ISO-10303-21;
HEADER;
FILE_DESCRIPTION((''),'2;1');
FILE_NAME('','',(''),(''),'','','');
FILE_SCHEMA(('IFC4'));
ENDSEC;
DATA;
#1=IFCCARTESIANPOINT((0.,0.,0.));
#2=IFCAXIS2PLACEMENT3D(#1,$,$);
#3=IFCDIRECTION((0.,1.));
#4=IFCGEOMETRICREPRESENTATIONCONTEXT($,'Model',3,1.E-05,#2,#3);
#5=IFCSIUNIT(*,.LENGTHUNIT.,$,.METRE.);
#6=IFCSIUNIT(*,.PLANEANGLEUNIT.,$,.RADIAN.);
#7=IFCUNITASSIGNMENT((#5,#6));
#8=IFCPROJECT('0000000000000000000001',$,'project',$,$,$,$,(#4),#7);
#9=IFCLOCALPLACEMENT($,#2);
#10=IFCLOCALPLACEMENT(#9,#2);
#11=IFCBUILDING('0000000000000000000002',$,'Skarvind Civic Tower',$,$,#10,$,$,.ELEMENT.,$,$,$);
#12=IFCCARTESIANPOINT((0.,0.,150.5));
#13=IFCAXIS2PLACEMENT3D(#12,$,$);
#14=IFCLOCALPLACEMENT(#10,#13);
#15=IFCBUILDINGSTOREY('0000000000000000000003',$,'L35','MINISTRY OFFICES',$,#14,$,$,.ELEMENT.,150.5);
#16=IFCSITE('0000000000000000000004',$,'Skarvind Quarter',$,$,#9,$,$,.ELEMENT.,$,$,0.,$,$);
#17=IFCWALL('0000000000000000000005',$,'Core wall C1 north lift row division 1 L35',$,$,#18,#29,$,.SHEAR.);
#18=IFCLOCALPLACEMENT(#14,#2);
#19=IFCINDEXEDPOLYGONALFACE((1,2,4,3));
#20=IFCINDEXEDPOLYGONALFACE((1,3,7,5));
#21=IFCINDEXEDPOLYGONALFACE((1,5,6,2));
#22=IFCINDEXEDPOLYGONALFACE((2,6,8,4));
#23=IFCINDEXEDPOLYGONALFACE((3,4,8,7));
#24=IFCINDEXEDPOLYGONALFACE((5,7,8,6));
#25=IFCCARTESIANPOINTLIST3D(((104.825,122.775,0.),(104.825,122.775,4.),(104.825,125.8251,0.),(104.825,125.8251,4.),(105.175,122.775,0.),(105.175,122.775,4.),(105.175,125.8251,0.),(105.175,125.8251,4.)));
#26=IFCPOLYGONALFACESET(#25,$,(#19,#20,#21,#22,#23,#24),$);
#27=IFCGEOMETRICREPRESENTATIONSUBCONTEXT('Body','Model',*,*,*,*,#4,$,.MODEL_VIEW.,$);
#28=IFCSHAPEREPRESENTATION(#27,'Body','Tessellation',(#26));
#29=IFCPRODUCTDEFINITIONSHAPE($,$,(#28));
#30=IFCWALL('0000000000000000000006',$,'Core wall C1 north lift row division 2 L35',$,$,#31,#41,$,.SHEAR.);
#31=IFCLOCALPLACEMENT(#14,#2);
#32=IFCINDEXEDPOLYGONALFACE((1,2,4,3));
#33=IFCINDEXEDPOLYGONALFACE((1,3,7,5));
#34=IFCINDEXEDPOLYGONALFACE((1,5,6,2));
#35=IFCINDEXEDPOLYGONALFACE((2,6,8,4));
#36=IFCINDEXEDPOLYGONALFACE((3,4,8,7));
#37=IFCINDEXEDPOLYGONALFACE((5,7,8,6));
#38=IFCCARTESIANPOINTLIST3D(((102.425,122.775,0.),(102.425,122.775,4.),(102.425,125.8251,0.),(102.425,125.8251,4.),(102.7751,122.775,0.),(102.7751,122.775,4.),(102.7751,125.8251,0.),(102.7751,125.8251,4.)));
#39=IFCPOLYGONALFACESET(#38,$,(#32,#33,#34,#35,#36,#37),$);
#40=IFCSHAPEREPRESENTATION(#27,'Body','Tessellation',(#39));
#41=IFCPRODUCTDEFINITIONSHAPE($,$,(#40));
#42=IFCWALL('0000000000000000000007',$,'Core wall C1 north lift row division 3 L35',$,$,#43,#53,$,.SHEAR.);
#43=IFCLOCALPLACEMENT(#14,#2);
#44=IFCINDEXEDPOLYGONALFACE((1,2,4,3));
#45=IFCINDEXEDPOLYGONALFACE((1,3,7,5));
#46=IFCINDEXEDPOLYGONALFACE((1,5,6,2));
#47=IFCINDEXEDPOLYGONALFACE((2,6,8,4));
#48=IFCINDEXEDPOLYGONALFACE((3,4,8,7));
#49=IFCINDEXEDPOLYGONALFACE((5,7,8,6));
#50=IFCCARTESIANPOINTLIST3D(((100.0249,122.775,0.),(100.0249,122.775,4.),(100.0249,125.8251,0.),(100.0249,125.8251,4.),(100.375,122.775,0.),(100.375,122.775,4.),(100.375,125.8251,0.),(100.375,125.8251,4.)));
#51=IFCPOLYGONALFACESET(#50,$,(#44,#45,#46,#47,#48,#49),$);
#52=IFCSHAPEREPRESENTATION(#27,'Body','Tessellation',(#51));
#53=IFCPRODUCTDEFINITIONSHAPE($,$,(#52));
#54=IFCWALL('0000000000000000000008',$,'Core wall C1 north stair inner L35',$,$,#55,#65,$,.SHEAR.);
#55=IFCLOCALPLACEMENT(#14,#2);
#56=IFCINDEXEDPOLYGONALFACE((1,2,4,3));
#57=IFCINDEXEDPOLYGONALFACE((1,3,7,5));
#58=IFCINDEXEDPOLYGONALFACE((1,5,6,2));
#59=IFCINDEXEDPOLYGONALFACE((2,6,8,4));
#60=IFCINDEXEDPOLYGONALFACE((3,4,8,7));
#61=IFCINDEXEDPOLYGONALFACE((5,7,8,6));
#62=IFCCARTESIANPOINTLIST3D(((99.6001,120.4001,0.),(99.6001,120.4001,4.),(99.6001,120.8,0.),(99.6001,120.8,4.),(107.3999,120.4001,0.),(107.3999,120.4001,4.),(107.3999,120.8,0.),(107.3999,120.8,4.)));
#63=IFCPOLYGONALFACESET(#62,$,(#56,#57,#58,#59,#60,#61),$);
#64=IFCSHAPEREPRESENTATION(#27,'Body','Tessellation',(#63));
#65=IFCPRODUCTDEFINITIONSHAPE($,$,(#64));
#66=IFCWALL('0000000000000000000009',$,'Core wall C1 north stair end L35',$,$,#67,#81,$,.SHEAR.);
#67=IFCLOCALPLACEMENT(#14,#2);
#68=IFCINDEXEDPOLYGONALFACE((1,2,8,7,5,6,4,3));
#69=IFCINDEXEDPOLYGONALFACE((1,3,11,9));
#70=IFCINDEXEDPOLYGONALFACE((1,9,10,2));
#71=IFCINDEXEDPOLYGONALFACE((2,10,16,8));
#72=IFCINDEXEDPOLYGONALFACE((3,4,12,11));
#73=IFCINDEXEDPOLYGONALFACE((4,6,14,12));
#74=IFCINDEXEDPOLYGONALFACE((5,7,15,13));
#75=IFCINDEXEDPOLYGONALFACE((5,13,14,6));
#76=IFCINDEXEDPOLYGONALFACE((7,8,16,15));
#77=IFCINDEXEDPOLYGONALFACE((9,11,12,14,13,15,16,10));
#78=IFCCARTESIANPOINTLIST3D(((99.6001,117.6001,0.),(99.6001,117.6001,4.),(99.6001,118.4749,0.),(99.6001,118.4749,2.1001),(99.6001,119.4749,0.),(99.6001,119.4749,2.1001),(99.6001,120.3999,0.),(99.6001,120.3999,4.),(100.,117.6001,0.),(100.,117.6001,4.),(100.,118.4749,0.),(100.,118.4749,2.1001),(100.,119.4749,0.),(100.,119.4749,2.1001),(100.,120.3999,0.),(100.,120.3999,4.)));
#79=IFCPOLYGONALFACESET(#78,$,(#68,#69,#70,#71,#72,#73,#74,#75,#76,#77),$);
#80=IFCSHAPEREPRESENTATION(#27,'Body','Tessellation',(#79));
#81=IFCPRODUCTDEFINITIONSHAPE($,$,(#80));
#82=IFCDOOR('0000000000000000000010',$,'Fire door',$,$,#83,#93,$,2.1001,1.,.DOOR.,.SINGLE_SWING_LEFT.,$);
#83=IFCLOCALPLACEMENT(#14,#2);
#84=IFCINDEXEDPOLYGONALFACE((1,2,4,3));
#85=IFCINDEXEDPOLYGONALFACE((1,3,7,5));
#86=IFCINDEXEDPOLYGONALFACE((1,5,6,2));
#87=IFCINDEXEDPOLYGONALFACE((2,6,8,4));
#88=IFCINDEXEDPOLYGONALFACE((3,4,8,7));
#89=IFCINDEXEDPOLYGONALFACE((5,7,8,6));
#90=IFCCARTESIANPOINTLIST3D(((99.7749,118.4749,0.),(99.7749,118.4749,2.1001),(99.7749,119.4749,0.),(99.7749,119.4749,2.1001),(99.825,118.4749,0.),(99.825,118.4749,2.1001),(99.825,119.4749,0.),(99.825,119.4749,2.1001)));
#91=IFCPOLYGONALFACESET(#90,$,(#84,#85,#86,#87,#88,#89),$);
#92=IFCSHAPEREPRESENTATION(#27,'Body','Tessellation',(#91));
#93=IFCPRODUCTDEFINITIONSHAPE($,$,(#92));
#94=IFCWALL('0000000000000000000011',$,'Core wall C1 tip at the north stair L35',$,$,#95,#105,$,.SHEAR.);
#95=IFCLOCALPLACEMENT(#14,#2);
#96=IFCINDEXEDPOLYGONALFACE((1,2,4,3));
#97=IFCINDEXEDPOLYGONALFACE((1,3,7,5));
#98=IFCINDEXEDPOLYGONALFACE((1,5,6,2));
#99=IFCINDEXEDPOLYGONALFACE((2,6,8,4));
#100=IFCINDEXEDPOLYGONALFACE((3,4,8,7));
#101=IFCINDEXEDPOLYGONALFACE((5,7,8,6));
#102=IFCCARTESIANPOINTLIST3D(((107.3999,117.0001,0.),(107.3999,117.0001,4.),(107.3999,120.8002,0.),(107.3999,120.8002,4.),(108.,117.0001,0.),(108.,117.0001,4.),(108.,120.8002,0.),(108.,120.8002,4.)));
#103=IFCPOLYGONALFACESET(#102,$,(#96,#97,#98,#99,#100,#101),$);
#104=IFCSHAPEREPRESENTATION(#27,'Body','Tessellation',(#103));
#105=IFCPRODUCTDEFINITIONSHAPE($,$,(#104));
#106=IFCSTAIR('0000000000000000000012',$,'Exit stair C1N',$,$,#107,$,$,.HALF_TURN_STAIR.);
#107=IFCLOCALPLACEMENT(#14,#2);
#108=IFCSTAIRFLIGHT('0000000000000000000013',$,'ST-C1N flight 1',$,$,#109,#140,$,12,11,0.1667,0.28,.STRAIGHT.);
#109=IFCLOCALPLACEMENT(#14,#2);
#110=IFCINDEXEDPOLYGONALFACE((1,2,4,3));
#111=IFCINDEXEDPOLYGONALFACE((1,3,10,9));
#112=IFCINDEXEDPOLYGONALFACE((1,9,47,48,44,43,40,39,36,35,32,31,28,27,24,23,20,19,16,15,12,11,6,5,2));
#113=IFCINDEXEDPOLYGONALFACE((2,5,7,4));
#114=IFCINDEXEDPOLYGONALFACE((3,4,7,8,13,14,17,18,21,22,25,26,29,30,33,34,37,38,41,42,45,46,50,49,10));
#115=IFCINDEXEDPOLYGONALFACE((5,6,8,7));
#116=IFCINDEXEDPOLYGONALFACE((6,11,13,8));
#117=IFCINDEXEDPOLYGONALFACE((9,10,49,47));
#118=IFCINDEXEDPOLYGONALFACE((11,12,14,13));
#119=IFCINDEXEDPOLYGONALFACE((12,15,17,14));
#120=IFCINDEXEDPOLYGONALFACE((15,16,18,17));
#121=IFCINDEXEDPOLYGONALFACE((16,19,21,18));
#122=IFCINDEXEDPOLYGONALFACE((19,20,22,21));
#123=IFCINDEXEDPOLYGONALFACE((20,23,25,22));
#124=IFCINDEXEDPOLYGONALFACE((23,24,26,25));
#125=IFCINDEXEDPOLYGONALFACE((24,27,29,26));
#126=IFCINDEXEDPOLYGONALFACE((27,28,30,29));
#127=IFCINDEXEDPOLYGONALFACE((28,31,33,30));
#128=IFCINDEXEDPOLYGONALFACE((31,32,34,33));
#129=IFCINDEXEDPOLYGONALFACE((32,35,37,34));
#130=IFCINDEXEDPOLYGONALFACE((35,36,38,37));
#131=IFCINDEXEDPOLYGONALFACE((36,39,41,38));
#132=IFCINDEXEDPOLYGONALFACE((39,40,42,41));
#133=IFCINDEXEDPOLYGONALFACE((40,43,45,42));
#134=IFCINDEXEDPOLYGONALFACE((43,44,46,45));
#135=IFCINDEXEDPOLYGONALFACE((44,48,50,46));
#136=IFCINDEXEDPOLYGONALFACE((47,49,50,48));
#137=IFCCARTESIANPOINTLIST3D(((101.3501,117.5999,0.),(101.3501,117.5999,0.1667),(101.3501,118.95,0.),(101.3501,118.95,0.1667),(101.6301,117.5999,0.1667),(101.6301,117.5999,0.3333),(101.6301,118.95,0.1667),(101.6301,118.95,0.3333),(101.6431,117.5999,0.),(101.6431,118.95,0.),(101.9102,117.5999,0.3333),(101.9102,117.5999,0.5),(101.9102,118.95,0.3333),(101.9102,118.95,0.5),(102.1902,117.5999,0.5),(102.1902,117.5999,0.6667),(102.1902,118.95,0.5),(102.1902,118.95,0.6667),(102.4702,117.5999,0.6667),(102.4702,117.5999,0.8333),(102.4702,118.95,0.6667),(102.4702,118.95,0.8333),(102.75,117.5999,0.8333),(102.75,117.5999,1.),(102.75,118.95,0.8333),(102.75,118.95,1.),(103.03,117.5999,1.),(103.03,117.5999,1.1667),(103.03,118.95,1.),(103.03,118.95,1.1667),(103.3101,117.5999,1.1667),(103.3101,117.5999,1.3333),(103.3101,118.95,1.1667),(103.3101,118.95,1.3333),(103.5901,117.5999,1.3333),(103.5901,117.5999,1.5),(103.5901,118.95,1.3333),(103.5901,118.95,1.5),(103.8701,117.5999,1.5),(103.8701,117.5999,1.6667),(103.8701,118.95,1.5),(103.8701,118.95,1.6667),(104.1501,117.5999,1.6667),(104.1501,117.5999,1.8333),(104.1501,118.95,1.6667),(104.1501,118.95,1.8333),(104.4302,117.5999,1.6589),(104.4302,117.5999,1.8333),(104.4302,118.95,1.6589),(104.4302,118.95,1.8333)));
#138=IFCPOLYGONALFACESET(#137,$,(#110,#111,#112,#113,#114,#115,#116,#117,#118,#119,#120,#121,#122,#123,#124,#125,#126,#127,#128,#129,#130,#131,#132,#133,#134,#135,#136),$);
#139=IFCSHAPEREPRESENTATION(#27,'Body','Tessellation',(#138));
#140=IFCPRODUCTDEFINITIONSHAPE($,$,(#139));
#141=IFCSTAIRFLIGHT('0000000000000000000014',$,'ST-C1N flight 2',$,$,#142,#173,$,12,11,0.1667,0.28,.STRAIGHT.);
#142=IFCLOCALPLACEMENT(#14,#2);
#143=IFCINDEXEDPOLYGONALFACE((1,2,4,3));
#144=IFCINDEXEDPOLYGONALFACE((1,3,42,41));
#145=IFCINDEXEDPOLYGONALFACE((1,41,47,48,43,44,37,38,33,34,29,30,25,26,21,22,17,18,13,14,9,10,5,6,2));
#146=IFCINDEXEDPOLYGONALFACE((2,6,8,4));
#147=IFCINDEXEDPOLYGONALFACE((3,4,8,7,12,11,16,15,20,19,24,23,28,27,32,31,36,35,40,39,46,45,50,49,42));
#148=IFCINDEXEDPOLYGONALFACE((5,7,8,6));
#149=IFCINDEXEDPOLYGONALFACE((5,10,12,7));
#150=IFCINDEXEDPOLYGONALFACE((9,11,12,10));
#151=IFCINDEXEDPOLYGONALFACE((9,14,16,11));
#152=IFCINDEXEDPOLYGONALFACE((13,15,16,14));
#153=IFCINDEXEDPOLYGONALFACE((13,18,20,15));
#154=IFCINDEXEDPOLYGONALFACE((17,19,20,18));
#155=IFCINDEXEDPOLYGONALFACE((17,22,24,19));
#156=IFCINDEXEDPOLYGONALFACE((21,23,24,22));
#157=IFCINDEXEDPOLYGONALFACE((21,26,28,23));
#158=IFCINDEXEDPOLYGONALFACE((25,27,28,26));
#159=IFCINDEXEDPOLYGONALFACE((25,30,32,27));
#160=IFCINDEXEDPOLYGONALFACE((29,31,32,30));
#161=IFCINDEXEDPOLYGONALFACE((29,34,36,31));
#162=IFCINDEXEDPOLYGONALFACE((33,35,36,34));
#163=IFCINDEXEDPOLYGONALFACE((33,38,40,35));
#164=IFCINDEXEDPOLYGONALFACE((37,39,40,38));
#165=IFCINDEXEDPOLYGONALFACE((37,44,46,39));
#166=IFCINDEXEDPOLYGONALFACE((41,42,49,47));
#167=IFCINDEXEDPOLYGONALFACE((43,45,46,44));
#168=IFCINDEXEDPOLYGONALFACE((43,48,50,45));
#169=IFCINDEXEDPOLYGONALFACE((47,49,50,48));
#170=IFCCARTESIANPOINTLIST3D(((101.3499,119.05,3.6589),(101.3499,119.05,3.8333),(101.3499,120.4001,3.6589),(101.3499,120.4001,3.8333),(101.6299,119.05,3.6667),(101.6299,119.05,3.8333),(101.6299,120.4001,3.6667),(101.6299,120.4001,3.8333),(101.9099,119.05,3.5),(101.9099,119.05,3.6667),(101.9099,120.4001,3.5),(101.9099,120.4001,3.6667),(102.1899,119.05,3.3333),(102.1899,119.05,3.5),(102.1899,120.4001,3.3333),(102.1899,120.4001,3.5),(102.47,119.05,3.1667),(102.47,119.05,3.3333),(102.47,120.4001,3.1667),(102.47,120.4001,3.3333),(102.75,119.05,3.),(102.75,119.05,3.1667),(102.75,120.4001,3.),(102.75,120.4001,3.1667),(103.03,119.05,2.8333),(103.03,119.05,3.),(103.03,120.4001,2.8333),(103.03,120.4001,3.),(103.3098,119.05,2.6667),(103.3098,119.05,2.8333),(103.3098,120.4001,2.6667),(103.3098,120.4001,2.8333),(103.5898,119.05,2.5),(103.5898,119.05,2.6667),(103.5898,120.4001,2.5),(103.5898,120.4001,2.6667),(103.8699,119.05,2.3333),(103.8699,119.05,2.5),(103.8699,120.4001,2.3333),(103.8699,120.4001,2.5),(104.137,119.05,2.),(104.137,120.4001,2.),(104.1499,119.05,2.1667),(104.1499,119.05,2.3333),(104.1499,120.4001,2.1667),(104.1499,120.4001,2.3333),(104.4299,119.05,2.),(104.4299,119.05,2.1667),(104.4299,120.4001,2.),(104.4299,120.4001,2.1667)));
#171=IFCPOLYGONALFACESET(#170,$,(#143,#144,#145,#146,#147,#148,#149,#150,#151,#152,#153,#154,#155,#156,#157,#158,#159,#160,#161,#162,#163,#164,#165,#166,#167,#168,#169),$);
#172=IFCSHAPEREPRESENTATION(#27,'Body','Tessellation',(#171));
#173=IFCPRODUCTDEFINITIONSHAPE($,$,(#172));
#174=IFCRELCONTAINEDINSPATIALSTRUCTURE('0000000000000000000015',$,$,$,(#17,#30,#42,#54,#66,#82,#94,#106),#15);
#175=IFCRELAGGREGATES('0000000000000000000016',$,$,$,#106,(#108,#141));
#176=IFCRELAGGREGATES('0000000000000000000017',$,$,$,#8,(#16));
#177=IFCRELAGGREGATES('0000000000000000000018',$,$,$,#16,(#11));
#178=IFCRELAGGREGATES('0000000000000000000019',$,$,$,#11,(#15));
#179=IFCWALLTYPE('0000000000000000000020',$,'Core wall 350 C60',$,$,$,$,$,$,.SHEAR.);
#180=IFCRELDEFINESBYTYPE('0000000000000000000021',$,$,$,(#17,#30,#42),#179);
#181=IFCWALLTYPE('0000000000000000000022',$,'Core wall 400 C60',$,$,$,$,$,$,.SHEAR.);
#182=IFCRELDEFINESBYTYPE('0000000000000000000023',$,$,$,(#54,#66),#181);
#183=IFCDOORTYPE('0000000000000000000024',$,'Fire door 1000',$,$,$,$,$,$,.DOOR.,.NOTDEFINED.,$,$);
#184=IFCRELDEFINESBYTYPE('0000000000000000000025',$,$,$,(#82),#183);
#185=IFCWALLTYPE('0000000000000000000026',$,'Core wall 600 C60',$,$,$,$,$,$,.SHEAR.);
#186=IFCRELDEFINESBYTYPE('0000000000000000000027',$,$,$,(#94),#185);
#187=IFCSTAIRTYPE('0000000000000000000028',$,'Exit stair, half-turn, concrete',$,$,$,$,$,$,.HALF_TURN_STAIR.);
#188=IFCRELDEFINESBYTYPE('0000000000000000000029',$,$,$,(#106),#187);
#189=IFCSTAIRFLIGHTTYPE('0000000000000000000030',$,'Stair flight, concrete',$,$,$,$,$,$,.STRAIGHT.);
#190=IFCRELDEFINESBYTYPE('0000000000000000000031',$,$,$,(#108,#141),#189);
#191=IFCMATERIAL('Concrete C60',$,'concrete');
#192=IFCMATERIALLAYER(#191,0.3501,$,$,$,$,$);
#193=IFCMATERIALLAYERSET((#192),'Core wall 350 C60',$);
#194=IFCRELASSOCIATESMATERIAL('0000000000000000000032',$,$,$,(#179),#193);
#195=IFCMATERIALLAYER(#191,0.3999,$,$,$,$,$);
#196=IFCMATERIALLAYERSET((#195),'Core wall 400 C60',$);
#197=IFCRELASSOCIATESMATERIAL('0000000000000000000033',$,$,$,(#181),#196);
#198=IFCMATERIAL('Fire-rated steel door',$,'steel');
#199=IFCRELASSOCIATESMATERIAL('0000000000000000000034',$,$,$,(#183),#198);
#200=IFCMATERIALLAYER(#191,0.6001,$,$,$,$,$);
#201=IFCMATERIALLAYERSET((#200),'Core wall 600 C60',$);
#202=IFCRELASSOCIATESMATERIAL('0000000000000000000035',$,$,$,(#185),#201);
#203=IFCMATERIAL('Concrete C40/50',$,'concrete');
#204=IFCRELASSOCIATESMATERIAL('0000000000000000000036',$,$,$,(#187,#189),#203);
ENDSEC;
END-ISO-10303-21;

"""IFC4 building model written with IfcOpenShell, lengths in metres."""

from ifc_helpers import new_model, si_unit, direction, frame, frame_2d, origin, place, context, subcontext, project, spatial, polyline, rectangle, outline, extrude, material, layer, layer_set, type_object, element, fill, aggregate, save


model = new_model("IFC4")

# Units and contexts
model_context = context("Model", 3, precision=1e-05, world=origin(), true_north=direction((0.0, 1.0)))
body_context = subcontext(model_context, "Body", "Model", "MODEL_VIEW")
ifc_project = project(units=[si_unit("LENGTHUNIT", "METRE"), si_unit("PLANEANGLEUNIT", "RADIAN")], contexts=[model_context])

# Site, building, storey
site_placement = place(None, origin())
site = spatial("IfcSite", under=ifc_project, at=site_placement, Name="Skarvind Quarter", CompositionType="ELEMENT", RefElevation=0.0)
building_placement = place(site_placement, origin())
building = spatial("IfcBuilding", under=site, at=building_placement, Name="Skarvind Civic Tower", CompositionType="ELEMENT")
storey_placement = place(building_placement, frame((0.0, 0.0, 150.5)))
storey = spatial("IfcBuildingStorey", under=building, at=storey_placement, Name="L35", Description="MINISTRY OFFICES", CompositionType="ELEMENT", Elevation=150.5)

# Shared definitions
ifc_material_1 = material(Name="Concrete C60", Category="concrete")
ifc_layer_1 = layer(ifc_material_1, 0.3501)
ifc_layer_set_1 = layer_set([ifc_layer_1], Name="Core wall 350 C60")
wall_type_1 = type_object("IfcWallType", Name="Core wall 350 C60", PredefinedType="SHEAR", material=ifc_layer_set_1)
ifc_material_2 = material(Name="Fire-rated steel door", Category="steel")

# Walls
for number, where, z_axis, x_axis, name in (
    (1, (105.0, 125.825, 0.0), (0.0, 0.0, 1.0), (0.0, -1.0, 0.0), "Core wall C1 north lift row division 1 L35"),
    (2, (102.6001, 125.825, 0.0), (0.0, 0.0, 1.0), (0.0, -1.0, 0.0), "Core wall C1 north lift row division 2 L35"),
    (3, (100.2, 125.825, 0.0), (0.0, 0.0, 1.0), (0.0, -1.0, 0.0), "Core wall C1 north lift row division 3 L35"),
):
    element("IfcWall", number, at=place(storey_placement, frame(where, z_axis=z_axis, x_axis=x_axis)), inside=storey, type_object=wall_type_1, Name=name, PredefinedType="SHEAR", context=body_context, shape_type="SweptSolid", body=[
        extrude(rectangle(XDim=3.05, YDim=0.3501, at=frame_2d((1.5249, 0.0))), origin(), (0.0, 0.0, 1.0), 4.0),
    ])
ifc_layer_2 = layer(ifc_material_1, 0.3999)
ifc_layer_set_2 = layer_set([ifc_layer_2], Name="Core wall 400 C60")
wall_type_2 = type_object("IfcWallType", Name="Core wall 400 C60", PredefinedType="SHEAR", material=ifc_layer_set_2)
wall_1_placement = place(storey_placement, frame((107.3999, 120.6001, 0.0), z_axis=(0.0, 0.0, 1.0), x_axis=(-1.0, 0.0, 0.0)))
element("IfcWall", 4, at=wall_1_placement, inside=storey, type_object=wall_type_2, Name="Core wall C1 north stair inner L35", PredefinedType="SHEAR", context=body_context, shape_type="SweptSolid", body=[
    extrude(rectangle(XDim=7.7998, YDim=0.3999, at=frame_2d((3.8999, 0.0))), origin(), (0.0, 0.0, 1.0), 4.0),
])

# Wall, opening, door
wall_2_placement = place(storey_placement, frame((99.8, 120.3999, 0.0), z_axis=(0.0, 0.0, 1.0), x_axis=(0.0, -1.0, 0.0)))
wall_2 = element("IfcWall", 5, at=wall_2_placement, inside=storey, type_object=wall_type_2, Name="Core wall C1 north stair end L35", PredefinedType="SHEAR", context=body_context, shape_type="SweptSolid", body=[
    extrude(rectangle(XDim=2.7998, YDim=0.3999, at=frame_2d((1.3999, 0.0))), origin(), (0.0, 0.0, 1.0), 4.0),
])
opening_1_placement = place(wall_2_placement, frame((0.925, 0.0, 0.0)))
opening_1 = element("IfcOpeningElement", 6, at=opening_1_placement, cuts=wall_2, PredefinedType="OPENING", context=body_context, shape_type="SweptSolid", body=[
    extrude(rectangle(XDim=1.0, YDim=2.1001, at=frame_2d((0.5, 1.05))), frame((0.0, 0.21, 0.0), z_axis=(0.0, -1.0, 0.0), x_axis=(1.0, 0.0, 0.0)), (0.0, 0.0, 1.0), 0.4199),
])
door_type_1 = type_object("IfcDoorType", Name="Fire door 1000", OperationType="NOTDEFINED", PredefinedType="DOOR", material=ifc_material_2)
door_1_placement = place(opening_1_placement, origin())
door_1 = element("IfcDoor", 7, at=door_1_placement, inside=storey, type_object=door_type_1, Name="Fire door", OperationType="SINGLE_SWING_LEFT", OverallHeight=2.1001, OverallWidth=1.0, PredefinedType="DOOR", context=body_context, shape_type="SweptSolid", body=[
    extrude(rectangle(XDim=1.0, YDim=2.1001, at=frame_2d((0.5, 1.05))), frame((0.0, 0.0249, 0.0), z_axis=(0.0, -1.0, 0.0), x_axis=(1.0, 0.0, 0.0)), (0.0, 0.0, 1.0), 0.05),
])
fill(opening_1, door_1)

# Wall
ifc_layer_3 = layer(ifc_material_1, 0.6001)
ifc_layer_set_3 = layer_set([ifc_layer_3], Name="Core wall 600 C60")
wall_type_3 = type_object("IfcWallType", Name="Core wall 600 C60", PredefinedType="SHEAR", material=ifc_layer_set_3)
wall_3_placement = place(storey_placement, frame((107.7, 120.8, 0.0), z_axis=(0.0, 0.0, 1.0), x_axis=(0.0, -1.0, 0.0)))
element("IfcWall", 8, at=wall_3_placement, inside=storey, type_object=wall_type_3, Name="Core wall C1 tip at the north stair L35", PredefinedType="SHEAR", context=body_context, shape_type="SweptSolid", body=[
    extrude(rectangle(XDim=3.8, YDim=0.6001, at=frame_2d((1.8999, 0.0))), origin(), (0.0, 0.0, 1.0), 4.0),
])

# Stair, stair flights
ifc_material_3 = material(Name="Concrete C40/50", Category="concrete")
stair_type = type_object("IfcStairType", Name="Exit stair, half-turn, concrete", PredefinedType="HALF_TURN_STAIR", material=ifc_material_3)
stair_placement = place(storey_placement, origin())
stair = element("IfcStair", 9, at=stair_placement, inside=storey, type_object=stair_type, Name="Exit stair C1N", PredefinedType="HALF_TURN_STAIR")
stair_flight_type = type_object("IfcStairFlightType", Name="Stair flight, concrete", PredefinedType="STRAIGHT", material=ifc_material_3)
stair_flight_1_placement = place(storey_placement, frame((101.3501, 118.2749, 0.0), z_axis=(0.0, 0.0, 1.0), x_axis=(1.0, 0.0, 0.0)))
stair_flight_1 = element("IfcStairFlight", 10, at=stair_flight_1_placement, type_object=stair_flight_type, Name="ST-C1N flight 1", NumberOfRisers=12, NumberOfTreads=11, PredefinedType="STRAIGHT", RiserHeight=0.1667, TreadLength=0.28, context=body_context, shape_type="SweptSolid", body=[
    extrude(outline(polyline([(0.0, 0.0), (0.0, 0.1667), (0.28, 0.1667), (0.28, 0.3333), (0.5601, 0.3333), (0.5601, 0.5), (0.8401, 0.5), (0.8401, 0.6667), (1.1201, 0.6667), (1.1201, 0.8333), (1.3999, 0.8333), (1.3999, 1.0), (1.6799, 1.0), (1.6799, 1.1667), (1.96, 1.1667), (1.96, 1.3333), (2.24, 1.3333), (2.24, 1.5), (2.52, 1.5), (2.52, 1.6667), (2.8, 1.6667), (2.8, 1.8333), (3.0801, 1.8333), (3.0801, 2.0), (3.0801, 1.6589), (0.293, 0.0), (0.0, 0.0)])), frame((0.0, 0.675, 0.0), z_axis=(0.0, -1.0, 0.0), x_axis=(1.0, 0.0, 0.0)), (0.0, 0.0, 1.0), 1.3501),
])
stair_flight_2_placement = place(storey_placement, frame((104.4299, 119.7251, 2.0), z_axis=(0.0, 0.0, 1.0), x_axis=(-1.0, 0.0, 0.0)))
stair_flight_2 = element("IfcStairFlight", 11, at=stair_flight_2_placement, type_object=stair_flight_type, Name="ST-C1N flight 2", NumberOfRisers=12, NumberOfTreads=11, PredefinedType="STRAIGHT", RiserHeight=0.1667, TreadLength=0.28, context=body_context, shape_type="SweptSolid", body=[
    extrude(outline(polyline([(0.0, 0.0), (0.0, 0.1667), (0.28, 0.1667), (0.28, 0.3333), (0.5601, 0.3333), (0.5601, 0.5), (0.8401, 0.5), (0.8401, 0.6667), (1.1201, 0.6667), (1.1201, 0.8333), (1.3999, 0.8333), (1.3999, 1.0), (1.6799, 1.0), (1.6799, 1.1667), (1.96, 1.1667), (1.96, 1.3333), (2.24, 1.3333), (2.24, 1.5), (2.52, 1.5), (2.52, 1.6667), (2.8, 1.6667), (2.8, 1.8333), (3.0801, 1.8333), (3.0801, 2.0), (3.0801, 1.6589), (0.293, 0.0), (0.0, 0.0)])), frame((0.0, 0.675, 0.0), z_axis=(0.0, -1.0, 0.0), x_axis=(1.0, 0.0, 0.0)), (0.0, 0.0, 1.0), 1.3501),
])
aggregate(stair, [stair_flight_1, stair_flight_2])

save(model, "model.ifc")
